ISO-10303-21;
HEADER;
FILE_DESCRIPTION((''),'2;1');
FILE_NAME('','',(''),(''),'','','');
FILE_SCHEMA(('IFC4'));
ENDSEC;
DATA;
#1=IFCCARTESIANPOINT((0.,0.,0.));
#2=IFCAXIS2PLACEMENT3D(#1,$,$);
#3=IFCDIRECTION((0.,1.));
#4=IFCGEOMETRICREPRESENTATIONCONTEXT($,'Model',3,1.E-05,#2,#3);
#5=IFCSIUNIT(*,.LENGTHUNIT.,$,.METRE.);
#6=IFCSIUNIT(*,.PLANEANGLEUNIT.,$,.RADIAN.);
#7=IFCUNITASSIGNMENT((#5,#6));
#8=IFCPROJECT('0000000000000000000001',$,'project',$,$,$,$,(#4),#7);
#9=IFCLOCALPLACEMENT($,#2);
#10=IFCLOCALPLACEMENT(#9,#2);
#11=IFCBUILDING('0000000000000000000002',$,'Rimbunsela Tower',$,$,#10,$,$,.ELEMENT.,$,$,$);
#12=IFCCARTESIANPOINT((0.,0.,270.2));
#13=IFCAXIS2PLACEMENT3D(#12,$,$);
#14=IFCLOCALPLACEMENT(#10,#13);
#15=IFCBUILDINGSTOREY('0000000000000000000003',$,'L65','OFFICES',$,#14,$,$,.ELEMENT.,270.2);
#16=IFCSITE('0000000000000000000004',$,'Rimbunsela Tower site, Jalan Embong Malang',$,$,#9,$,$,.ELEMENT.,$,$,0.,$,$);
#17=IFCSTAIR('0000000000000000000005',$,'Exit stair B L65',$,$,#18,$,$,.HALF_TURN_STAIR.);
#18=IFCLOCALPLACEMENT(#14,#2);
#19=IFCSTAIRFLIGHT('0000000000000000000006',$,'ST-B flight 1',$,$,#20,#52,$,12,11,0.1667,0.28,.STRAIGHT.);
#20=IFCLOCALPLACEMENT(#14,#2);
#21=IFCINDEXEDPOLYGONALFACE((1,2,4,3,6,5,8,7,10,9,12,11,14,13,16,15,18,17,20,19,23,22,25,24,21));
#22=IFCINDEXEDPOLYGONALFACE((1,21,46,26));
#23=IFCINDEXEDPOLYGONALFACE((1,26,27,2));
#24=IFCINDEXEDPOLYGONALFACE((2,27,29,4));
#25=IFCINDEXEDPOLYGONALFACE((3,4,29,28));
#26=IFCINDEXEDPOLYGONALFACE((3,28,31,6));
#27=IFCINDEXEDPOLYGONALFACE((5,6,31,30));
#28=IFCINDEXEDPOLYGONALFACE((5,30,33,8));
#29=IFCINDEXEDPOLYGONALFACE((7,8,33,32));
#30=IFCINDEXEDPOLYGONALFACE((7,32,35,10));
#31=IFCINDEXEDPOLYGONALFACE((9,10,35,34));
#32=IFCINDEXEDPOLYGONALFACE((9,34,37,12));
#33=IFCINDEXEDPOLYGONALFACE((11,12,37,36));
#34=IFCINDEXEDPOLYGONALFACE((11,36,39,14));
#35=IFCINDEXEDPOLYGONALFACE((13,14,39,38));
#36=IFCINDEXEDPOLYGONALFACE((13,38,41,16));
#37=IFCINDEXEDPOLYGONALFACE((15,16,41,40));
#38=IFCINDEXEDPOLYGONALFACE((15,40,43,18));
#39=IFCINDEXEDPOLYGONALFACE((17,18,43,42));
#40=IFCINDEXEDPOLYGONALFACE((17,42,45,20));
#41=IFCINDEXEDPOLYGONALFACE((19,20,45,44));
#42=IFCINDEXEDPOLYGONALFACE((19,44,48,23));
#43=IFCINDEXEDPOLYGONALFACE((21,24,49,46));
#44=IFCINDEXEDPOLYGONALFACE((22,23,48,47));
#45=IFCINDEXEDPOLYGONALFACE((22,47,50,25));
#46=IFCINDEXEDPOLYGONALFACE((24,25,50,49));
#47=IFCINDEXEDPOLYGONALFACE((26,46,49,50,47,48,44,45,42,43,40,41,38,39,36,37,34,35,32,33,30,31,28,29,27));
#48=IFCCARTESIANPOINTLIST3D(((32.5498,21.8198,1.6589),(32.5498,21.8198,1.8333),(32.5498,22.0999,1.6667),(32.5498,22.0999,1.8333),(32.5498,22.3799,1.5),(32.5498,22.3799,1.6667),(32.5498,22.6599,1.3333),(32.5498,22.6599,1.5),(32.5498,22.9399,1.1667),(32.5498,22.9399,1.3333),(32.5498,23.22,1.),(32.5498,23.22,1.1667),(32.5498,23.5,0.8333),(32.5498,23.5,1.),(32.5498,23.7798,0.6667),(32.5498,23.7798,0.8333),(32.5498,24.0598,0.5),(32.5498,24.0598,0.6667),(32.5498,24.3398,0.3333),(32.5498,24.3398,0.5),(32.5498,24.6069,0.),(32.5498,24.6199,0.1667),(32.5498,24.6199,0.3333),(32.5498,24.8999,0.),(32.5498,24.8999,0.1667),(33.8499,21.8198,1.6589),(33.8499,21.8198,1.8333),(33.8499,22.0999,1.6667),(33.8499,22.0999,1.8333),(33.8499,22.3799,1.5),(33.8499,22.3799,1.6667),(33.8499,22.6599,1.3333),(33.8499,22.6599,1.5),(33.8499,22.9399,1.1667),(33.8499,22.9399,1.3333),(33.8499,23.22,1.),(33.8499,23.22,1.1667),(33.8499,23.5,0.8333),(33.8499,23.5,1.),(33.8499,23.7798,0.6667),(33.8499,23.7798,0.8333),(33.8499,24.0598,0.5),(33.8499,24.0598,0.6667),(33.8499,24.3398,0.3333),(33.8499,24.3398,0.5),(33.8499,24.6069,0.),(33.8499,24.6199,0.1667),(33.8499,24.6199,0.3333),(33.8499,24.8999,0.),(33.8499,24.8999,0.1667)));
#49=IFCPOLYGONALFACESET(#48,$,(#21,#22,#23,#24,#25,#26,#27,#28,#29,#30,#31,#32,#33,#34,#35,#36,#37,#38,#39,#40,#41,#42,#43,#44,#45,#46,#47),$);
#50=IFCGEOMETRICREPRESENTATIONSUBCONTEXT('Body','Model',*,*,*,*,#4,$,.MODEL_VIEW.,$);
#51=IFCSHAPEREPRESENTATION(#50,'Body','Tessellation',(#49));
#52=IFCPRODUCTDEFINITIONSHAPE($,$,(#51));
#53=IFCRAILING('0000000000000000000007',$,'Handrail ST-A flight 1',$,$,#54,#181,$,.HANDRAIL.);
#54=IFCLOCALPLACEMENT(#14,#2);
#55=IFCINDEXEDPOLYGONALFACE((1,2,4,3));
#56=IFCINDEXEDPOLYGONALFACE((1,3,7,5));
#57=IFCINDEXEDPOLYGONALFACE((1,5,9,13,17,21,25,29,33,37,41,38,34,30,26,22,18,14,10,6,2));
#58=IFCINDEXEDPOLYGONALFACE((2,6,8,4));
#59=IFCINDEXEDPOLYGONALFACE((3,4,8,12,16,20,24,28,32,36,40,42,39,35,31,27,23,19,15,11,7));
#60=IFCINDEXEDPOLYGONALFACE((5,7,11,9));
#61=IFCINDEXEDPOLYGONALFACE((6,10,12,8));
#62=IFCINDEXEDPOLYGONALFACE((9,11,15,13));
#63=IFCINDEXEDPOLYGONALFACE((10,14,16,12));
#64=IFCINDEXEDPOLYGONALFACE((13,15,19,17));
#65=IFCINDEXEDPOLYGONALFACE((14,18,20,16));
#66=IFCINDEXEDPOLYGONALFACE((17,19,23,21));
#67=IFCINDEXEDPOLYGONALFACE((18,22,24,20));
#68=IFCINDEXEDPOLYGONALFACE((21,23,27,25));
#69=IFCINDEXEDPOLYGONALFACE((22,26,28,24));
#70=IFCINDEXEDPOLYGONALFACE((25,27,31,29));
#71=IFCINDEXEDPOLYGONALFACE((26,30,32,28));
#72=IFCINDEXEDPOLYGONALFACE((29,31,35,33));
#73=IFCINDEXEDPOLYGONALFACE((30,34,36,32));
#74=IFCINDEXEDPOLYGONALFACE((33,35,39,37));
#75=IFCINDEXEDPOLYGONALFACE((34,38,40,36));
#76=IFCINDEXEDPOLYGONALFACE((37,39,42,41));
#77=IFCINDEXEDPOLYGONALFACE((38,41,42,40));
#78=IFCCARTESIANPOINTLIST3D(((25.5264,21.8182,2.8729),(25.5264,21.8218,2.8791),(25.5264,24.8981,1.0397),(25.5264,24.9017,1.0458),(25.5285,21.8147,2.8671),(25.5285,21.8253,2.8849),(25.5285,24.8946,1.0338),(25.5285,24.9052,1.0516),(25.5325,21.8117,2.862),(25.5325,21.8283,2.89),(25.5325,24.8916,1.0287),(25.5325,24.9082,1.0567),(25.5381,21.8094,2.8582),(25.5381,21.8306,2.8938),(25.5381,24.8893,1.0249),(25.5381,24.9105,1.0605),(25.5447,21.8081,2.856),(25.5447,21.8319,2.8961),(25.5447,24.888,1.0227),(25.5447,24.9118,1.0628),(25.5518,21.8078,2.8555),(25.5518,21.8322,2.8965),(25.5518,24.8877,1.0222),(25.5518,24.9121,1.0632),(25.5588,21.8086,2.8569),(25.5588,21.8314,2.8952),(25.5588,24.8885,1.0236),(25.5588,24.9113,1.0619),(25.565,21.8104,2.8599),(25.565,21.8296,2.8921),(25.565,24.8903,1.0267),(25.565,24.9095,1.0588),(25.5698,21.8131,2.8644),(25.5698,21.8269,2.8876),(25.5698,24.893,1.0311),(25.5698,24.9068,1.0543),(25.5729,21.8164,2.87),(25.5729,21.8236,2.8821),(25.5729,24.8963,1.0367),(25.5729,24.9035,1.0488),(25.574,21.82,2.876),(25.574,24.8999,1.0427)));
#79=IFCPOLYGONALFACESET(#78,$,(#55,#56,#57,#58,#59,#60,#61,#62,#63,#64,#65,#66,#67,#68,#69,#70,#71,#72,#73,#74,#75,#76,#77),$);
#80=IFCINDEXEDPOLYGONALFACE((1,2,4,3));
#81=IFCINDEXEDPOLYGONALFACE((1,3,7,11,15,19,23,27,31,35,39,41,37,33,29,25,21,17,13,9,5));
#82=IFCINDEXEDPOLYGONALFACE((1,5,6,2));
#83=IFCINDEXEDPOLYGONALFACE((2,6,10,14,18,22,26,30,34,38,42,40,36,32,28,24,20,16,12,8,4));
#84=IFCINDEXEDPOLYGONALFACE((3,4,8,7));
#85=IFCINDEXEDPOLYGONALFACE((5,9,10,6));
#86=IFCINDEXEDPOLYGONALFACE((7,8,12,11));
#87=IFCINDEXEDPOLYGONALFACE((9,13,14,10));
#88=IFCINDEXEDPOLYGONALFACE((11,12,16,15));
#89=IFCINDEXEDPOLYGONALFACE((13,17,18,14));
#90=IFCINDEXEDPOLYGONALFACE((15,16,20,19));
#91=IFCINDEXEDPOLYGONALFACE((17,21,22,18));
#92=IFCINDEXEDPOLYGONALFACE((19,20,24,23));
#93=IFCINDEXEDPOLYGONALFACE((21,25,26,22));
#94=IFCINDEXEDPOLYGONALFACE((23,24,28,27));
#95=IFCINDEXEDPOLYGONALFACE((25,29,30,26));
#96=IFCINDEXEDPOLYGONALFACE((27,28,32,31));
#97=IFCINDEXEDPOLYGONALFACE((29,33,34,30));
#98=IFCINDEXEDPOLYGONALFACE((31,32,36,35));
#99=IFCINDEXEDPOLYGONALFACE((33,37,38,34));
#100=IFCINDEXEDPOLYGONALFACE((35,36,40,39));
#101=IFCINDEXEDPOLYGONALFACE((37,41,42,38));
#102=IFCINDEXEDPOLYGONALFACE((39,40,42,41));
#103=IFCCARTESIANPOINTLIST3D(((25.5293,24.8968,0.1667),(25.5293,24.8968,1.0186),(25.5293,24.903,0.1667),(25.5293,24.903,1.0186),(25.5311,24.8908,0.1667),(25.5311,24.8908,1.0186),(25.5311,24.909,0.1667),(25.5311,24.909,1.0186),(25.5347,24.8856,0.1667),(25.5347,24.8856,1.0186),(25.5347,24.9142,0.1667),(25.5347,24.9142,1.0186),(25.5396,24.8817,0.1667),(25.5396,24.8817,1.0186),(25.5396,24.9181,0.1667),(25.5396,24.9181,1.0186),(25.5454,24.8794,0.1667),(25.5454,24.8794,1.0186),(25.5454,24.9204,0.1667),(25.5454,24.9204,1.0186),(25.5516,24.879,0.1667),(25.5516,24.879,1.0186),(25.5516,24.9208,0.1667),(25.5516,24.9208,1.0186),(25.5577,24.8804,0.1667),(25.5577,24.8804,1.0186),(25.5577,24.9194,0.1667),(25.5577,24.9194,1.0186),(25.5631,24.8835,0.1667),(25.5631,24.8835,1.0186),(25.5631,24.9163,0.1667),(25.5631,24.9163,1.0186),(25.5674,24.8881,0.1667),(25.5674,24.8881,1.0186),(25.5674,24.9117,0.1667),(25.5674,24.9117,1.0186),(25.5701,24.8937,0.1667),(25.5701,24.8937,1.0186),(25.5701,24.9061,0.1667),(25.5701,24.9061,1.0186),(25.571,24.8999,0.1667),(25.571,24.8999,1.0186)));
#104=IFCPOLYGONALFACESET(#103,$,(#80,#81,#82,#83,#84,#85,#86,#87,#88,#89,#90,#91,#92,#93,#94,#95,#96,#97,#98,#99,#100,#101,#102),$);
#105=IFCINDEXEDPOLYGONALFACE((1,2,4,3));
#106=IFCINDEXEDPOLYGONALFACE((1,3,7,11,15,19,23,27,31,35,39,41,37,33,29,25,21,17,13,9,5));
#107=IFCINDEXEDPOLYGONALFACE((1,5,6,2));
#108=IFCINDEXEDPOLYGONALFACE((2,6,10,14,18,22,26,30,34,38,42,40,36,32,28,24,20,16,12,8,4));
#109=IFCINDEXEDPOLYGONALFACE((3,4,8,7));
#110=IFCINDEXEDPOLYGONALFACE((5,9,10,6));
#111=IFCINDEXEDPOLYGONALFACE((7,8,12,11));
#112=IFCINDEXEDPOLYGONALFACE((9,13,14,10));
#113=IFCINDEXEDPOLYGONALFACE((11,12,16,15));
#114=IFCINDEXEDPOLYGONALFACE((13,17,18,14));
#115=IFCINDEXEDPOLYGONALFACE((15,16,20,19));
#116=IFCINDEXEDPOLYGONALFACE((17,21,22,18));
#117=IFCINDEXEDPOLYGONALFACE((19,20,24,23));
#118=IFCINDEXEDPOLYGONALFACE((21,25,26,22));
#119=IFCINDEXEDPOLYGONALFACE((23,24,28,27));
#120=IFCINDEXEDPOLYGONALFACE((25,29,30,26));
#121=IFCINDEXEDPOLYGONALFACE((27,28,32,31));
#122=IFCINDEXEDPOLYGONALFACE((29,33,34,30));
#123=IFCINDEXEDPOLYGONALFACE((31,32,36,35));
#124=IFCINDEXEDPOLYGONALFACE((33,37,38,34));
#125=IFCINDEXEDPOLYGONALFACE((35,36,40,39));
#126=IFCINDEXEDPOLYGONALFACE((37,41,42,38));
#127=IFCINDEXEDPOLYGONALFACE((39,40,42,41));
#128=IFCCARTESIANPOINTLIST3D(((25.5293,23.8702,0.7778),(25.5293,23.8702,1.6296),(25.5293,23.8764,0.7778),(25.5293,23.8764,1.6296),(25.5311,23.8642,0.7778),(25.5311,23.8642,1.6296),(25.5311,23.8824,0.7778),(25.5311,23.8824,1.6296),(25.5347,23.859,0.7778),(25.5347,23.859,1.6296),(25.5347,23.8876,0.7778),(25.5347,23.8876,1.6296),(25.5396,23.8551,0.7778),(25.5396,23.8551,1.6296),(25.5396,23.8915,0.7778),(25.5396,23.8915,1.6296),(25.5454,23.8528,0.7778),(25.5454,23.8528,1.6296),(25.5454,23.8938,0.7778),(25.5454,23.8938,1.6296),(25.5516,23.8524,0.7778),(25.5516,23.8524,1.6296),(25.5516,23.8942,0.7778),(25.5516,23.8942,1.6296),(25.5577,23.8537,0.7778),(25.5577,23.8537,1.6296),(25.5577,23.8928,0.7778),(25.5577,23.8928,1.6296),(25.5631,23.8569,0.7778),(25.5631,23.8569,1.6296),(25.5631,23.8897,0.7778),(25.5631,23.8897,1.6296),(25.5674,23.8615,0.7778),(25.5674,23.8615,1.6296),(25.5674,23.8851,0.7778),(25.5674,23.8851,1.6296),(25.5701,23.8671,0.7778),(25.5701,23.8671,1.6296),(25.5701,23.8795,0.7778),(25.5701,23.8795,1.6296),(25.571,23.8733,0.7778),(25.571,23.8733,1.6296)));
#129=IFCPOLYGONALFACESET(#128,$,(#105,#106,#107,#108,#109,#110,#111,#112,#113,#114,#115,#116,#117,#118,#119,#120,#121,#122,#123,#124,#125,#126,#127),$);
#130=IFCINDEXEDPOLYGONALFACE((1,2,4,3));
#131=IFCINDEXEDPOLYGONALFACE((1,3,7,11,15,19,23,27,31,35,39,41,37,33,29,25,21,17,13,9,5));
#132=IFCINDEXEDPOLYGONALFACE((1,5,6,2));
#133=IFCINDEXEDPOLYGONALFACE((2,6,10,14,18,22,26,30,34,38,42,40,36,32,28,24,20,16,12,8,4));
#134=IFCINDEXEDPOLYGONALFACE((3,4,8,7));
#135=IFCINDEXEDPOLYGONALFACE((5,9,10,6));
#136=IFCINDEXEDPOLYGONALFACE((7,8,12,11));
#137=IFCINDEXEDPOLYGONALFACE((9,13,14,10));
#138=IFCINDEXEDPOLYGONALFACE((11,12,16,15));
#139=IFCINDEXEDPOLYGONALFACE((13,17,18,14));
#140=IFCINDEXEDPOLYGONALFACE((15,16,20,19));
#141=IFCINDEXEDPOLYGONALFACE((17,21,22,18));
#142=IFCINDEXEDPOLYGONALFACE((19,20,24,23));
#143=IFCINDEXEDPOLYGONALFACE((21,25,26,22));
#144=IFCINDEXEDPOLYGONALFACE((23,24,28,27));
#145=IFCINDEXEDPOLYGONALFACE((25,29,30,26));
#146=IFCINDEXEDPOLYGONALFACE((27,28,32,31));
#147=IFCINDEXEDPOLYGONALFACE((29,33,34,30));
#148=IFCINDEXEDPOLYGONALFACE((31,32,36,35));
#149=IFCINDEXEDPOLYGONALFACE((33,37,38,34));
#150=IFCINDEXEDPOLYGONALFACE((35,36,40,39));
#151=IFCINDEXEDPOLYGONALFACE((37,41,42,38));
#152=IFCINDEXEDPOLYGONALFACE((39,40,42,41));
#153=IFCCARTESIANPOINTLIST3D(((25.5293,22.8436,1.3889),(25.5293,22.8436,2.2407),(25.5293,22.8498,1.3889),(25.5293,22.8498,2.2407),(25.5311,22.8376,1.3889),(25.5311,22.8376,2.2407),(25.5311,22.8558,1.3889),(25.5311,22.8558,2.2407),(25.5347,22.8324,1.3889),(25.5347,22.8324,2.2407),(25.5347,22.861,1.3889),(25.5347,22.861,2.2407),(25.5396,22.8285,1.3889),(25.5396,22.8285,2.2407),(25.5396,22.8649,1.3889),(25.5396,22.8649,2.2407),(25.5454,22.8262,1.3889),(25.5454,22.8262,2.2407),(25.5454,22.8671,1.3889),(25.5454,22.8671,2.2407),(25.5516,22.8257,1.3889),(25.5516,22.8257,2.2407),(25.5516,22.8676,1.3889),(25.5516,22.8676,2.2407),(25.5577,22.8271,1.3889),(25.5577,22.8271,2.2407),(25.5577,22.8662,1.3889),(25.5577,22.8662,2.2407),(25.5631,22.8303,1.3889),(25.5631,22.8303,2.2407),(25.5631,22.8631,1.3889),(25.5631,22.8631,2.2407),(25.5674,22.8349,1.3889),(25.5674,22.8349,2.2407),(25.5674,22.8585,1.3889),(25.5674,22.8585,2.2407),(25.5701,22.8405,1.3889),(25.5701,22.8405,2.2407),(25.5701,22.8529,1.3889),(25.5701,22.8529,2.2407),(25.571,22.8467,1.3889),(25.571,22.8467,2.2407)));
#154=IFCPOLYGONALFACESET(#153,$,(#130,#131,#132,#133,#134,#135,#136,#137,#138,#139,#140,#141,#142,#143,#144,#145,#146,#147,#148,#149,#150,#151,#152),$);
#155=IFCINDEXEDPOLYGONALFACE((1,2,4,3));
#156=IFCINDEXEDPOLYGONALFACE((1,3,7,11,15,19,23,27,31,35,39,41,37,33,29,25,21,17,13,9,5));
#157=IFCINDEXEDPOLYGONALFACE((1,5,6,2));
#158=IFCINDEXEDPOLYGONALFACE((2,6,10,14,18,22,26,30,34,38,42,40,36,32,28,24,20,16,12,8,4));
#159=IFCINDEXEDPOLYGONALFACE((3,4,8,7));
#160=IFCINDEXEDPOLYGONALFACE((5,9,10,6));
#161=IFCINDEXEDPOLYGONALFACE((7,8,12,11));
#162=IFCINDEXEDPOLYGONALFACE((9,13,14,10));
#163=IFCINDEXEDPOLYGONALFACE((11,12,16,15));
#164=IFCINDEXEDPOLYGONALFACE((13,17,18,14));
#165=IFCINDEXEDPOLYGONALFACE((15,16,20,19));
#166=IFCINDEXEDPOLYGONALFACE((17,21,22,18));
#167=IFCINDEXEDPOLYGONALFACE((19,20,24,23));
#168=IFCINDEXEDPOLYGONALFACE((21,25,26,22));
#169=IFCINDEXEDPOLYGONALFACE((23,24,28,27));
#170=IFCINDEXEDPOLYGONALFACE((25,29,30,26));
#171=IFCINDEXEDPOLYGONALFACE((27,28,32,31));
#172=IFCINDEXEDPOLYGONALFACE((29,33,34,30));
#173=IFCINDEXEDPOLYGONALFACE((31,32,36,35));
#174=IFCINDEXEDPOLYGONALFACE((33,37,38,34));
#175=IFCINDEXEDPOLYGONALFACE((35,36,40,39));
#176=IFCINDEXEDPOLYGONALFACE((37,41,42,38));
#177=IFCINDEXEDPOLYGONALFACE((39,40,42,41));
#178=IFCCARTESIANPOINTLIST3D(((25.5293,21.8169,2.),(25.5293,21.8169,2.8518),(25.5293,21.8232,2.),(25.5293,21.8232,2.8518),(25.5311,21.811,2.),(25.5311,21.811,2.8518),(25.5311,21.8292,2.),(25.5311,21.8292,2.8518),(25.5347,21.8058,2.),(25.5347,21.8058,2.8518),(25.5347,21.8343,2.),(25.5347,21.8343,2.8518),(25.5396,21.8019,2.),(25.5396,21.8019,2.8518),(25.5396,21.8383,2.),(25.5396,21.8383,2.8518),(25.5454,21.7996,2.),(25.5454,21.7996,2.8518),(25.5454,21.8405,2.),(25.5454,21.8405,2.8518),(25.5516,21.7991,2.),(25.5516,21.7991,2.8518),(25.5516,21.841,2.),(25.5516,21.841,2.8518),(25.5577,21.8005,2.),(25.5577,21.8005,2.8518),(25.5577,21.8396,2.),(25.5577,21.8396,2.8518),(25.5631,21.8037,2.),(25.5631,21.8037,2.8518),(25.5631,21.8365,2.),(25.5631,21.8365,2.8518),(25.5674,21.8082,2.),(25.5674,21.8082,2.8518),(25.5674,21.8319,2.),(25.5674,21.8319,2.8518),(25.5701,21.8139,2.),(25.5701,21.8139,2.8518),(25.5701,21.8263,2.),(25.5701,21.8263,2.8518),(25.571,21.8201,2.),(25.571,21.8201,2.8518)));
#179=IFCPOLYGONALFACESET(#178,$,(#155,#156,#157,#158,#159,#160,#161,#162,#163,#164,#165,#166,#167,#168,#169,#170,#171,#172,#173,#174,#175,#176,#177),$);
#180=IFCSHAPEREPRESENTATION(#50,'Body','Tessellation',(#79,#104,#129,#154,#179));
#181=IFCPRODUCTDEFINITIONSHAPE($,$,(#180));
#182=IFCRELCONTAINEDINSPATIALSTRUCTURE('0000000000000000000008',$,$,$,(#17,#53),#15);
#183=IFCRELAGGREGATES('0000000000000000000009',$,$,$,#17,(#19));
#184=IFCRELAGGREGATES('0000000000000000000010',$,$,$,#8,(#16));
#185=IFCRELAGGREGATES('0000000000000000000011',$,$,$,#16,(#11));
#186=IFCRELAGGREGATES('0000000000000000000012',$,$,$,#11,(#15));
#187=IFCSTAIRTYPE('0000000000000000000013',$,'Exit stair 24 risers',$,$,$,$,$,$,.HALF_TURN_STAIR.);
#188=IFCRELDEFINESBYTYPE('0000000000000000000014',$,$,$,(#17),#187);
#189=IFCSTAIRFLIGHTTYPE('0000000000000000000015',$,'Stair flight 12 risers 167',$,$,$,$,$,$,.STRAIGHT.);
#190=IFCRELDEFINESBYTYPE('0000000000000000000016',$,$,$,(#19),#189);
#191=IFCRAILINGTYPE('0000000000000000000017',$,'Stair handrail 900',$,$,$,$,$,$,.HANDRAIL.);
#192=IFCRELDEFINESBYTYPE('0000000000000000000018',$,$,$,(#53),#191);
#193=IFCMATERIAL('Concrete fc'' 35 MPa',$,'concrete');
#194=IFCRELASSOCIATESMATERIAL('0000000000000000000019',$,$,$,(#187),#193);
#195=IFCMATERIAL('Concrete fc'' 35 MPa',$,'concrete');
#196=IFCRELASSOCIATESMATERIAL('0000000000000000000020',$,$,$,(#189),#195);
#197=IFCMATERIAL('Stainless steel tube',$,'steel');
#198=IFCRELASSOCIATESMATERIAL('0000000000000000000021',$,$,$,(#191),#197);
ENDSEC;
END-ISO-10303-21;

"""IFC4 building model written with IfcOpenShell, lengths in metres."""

from ifc_helpers import new_model, si_unit, direction, frame, origin, origin_2d, place, context, subcontext, project, spatial, polyline, circle, outline, extrude, material, type_object, element, aggregate, save


model = new_model("IFC4")

# Units and contexts
model_context = context("Model", 3, precision=1e-05, world=origin(), true_north=direction((0.0, 1.0)))
body_context = subcontext(model_context, "Body", "Model", "MODEL_VIEW")
ifc_project = project(units=[si_unit("LENGTHUNIT", "METRE"), si_unit("PLANEANGLEUNIT", "RADIAN")], contexts=[model_context])

# Site, building, storey
site_placement = place(None, origin())
site = spatial("IfcSite", under=ifc_project, at=site_placement, Name="Rimbunsela Tower site, Jalan Embong Malang", CompositionType="ELEMENT", RefElevation=0.0)
building_placement = place(site_placement, origin())
building = spatial("IfcBuilding", under=site, at=building_placement, Name="Rimbunsela Tower", CompositionType="ELEMENT")
storey_placement = place(building_placement, frame((0.0, 0.0, 270.2)))
storey = spatial("IfcBuildingStorey", under=building, at=storey_placement, Name="L65", Description="OFFICES", CompositionType="ELEMENT", Elevation=270.2)

# Stair, stair flight
ifc_material_1 = material(Name="Concrete fc' 35 MPa", Category="concrete")
stair_type = type_object("IfcStairType", Name="Exit stair 24 risers", PredefinedType="HALF_TURN_STAIR", material=ifc_material_1)
stair_placement = place(storey_placement, origin())
stair = element("IfcStair", 1, at=stair_placement, inside=storey, type_object=stair_type, Name="Exit stair B L65", PredefinedType="HALF_TURN_STAIR")
ifc_material_2 = material(Name="Concrete fc' 35 MPa", Category="concrete")
stair_flight_type = type_object("IfcStairFlightType", Name="Stair flight 12 risers 167", PredefinedType="STRAIGHT", material=ifc_material_2)
stair_flight_placement = place(storey_placement, frame((33.2, 24.8999, 0.0), z_axis=(0.0, 0.0, 1.0), x_axis=(0.0, -1.0, 0.0)))
stair_flight = element("IfcStairFlight", 2, at=stair_flight_placement, type_object=stair_flight_type, Name="ST-B flight 1", NumberOfRisers=12, NumberOfTreads=11, PredefinedType="STRAIGHT", RiserHeight=0.1667, TreadLength=0.28, context=body_context, shape_type="SweptSolid", body=[
    extrude(outline(polyline([(0.0, 0.0), (0.0, 0.1667), (0.28, 0.1667), (0.28, 0.3333), (0.5601, 0.3333), (0.5601, 0.5), (0.8401, 0.5), (0.8401, 0.6667), (1.1201, 0.6667), (1.1201, 0.8333), (1.3999, 0.8333), (1.3999, 1.0), (1.6799, 1.0), (1.6799, 1.1667), (1.96, 1.1667), (1.96, 1.3333), (2.24, 1.3333), (2.24, 1.5), (2.52, 1.5), (2.52, 1.6667), (2.8, 1.6667), (2.8, 1.8333), (3.0801, 1.8333), (3.0801, 2.0), (3.0801, 1.6589), (0.293, 0.0), (0.0, 0.0)])), frame((0.0, 0.6499, 0.0), z_axis=(0.0, -1.0, 0.0), x_axis=(1.0, 0.0, 0.0)), (0.0, 0.0, 1.0), 1.3),
])
aggregate(stair, [stair_flight])

# Railing
ifc_material_3 = material(Name="Stainless steel tube", Category="steel")
railing_type = type_object("IfcRailingType", Name="Stair handrail 900", PredefinedType="HANDRAIL", material=ifc_material_3)
for number, where, name in (
    (3, (25.55, 24.8999, 0.1667), "Handrail ST-A flight 1"),
):
    element("IfcRailing", number, at=place(storey_placement, frame(where)), inside=storey, type_object=railing_type, Name=name, PredefinedType="HANDRAIL", context=body_context, shape_type="SweptSolid", body=[
        extrude(circle(Radius=0.0239, at=origin_2d()), frame((0.0, 0.0, 0.876), z_axis=(0.0, -0.859291, 0.511487), x_axis=(1.0, 0.0, 0.0)), (0.0, 0.0, 1.0), 3.5842),
        extrude(circle(Radius=0.021, at=origin_2d()), origin(), (0.0, 0.0, 1.0), 0.8518),
        extrude(circle(Radius=0.021, at=origin_2d()), frame((0.0, -1.0266, 0.6111)), (0.0, 0.0, 1.0), 0.8518),
        extrude(circle(Radius=0.021, at=origin_2d()), frame((0.0, -2.0532, 1.2222)), (0.0, 0.0, 1.0), 0.8518),
        extrude(circle(Radius=0.021, at=origin_2d()), frame((0.0, -3.0798, 1.8333)), (0.0, 0.0, 1.0), 0.8518),
    ])

save(model, "model.ifc")
